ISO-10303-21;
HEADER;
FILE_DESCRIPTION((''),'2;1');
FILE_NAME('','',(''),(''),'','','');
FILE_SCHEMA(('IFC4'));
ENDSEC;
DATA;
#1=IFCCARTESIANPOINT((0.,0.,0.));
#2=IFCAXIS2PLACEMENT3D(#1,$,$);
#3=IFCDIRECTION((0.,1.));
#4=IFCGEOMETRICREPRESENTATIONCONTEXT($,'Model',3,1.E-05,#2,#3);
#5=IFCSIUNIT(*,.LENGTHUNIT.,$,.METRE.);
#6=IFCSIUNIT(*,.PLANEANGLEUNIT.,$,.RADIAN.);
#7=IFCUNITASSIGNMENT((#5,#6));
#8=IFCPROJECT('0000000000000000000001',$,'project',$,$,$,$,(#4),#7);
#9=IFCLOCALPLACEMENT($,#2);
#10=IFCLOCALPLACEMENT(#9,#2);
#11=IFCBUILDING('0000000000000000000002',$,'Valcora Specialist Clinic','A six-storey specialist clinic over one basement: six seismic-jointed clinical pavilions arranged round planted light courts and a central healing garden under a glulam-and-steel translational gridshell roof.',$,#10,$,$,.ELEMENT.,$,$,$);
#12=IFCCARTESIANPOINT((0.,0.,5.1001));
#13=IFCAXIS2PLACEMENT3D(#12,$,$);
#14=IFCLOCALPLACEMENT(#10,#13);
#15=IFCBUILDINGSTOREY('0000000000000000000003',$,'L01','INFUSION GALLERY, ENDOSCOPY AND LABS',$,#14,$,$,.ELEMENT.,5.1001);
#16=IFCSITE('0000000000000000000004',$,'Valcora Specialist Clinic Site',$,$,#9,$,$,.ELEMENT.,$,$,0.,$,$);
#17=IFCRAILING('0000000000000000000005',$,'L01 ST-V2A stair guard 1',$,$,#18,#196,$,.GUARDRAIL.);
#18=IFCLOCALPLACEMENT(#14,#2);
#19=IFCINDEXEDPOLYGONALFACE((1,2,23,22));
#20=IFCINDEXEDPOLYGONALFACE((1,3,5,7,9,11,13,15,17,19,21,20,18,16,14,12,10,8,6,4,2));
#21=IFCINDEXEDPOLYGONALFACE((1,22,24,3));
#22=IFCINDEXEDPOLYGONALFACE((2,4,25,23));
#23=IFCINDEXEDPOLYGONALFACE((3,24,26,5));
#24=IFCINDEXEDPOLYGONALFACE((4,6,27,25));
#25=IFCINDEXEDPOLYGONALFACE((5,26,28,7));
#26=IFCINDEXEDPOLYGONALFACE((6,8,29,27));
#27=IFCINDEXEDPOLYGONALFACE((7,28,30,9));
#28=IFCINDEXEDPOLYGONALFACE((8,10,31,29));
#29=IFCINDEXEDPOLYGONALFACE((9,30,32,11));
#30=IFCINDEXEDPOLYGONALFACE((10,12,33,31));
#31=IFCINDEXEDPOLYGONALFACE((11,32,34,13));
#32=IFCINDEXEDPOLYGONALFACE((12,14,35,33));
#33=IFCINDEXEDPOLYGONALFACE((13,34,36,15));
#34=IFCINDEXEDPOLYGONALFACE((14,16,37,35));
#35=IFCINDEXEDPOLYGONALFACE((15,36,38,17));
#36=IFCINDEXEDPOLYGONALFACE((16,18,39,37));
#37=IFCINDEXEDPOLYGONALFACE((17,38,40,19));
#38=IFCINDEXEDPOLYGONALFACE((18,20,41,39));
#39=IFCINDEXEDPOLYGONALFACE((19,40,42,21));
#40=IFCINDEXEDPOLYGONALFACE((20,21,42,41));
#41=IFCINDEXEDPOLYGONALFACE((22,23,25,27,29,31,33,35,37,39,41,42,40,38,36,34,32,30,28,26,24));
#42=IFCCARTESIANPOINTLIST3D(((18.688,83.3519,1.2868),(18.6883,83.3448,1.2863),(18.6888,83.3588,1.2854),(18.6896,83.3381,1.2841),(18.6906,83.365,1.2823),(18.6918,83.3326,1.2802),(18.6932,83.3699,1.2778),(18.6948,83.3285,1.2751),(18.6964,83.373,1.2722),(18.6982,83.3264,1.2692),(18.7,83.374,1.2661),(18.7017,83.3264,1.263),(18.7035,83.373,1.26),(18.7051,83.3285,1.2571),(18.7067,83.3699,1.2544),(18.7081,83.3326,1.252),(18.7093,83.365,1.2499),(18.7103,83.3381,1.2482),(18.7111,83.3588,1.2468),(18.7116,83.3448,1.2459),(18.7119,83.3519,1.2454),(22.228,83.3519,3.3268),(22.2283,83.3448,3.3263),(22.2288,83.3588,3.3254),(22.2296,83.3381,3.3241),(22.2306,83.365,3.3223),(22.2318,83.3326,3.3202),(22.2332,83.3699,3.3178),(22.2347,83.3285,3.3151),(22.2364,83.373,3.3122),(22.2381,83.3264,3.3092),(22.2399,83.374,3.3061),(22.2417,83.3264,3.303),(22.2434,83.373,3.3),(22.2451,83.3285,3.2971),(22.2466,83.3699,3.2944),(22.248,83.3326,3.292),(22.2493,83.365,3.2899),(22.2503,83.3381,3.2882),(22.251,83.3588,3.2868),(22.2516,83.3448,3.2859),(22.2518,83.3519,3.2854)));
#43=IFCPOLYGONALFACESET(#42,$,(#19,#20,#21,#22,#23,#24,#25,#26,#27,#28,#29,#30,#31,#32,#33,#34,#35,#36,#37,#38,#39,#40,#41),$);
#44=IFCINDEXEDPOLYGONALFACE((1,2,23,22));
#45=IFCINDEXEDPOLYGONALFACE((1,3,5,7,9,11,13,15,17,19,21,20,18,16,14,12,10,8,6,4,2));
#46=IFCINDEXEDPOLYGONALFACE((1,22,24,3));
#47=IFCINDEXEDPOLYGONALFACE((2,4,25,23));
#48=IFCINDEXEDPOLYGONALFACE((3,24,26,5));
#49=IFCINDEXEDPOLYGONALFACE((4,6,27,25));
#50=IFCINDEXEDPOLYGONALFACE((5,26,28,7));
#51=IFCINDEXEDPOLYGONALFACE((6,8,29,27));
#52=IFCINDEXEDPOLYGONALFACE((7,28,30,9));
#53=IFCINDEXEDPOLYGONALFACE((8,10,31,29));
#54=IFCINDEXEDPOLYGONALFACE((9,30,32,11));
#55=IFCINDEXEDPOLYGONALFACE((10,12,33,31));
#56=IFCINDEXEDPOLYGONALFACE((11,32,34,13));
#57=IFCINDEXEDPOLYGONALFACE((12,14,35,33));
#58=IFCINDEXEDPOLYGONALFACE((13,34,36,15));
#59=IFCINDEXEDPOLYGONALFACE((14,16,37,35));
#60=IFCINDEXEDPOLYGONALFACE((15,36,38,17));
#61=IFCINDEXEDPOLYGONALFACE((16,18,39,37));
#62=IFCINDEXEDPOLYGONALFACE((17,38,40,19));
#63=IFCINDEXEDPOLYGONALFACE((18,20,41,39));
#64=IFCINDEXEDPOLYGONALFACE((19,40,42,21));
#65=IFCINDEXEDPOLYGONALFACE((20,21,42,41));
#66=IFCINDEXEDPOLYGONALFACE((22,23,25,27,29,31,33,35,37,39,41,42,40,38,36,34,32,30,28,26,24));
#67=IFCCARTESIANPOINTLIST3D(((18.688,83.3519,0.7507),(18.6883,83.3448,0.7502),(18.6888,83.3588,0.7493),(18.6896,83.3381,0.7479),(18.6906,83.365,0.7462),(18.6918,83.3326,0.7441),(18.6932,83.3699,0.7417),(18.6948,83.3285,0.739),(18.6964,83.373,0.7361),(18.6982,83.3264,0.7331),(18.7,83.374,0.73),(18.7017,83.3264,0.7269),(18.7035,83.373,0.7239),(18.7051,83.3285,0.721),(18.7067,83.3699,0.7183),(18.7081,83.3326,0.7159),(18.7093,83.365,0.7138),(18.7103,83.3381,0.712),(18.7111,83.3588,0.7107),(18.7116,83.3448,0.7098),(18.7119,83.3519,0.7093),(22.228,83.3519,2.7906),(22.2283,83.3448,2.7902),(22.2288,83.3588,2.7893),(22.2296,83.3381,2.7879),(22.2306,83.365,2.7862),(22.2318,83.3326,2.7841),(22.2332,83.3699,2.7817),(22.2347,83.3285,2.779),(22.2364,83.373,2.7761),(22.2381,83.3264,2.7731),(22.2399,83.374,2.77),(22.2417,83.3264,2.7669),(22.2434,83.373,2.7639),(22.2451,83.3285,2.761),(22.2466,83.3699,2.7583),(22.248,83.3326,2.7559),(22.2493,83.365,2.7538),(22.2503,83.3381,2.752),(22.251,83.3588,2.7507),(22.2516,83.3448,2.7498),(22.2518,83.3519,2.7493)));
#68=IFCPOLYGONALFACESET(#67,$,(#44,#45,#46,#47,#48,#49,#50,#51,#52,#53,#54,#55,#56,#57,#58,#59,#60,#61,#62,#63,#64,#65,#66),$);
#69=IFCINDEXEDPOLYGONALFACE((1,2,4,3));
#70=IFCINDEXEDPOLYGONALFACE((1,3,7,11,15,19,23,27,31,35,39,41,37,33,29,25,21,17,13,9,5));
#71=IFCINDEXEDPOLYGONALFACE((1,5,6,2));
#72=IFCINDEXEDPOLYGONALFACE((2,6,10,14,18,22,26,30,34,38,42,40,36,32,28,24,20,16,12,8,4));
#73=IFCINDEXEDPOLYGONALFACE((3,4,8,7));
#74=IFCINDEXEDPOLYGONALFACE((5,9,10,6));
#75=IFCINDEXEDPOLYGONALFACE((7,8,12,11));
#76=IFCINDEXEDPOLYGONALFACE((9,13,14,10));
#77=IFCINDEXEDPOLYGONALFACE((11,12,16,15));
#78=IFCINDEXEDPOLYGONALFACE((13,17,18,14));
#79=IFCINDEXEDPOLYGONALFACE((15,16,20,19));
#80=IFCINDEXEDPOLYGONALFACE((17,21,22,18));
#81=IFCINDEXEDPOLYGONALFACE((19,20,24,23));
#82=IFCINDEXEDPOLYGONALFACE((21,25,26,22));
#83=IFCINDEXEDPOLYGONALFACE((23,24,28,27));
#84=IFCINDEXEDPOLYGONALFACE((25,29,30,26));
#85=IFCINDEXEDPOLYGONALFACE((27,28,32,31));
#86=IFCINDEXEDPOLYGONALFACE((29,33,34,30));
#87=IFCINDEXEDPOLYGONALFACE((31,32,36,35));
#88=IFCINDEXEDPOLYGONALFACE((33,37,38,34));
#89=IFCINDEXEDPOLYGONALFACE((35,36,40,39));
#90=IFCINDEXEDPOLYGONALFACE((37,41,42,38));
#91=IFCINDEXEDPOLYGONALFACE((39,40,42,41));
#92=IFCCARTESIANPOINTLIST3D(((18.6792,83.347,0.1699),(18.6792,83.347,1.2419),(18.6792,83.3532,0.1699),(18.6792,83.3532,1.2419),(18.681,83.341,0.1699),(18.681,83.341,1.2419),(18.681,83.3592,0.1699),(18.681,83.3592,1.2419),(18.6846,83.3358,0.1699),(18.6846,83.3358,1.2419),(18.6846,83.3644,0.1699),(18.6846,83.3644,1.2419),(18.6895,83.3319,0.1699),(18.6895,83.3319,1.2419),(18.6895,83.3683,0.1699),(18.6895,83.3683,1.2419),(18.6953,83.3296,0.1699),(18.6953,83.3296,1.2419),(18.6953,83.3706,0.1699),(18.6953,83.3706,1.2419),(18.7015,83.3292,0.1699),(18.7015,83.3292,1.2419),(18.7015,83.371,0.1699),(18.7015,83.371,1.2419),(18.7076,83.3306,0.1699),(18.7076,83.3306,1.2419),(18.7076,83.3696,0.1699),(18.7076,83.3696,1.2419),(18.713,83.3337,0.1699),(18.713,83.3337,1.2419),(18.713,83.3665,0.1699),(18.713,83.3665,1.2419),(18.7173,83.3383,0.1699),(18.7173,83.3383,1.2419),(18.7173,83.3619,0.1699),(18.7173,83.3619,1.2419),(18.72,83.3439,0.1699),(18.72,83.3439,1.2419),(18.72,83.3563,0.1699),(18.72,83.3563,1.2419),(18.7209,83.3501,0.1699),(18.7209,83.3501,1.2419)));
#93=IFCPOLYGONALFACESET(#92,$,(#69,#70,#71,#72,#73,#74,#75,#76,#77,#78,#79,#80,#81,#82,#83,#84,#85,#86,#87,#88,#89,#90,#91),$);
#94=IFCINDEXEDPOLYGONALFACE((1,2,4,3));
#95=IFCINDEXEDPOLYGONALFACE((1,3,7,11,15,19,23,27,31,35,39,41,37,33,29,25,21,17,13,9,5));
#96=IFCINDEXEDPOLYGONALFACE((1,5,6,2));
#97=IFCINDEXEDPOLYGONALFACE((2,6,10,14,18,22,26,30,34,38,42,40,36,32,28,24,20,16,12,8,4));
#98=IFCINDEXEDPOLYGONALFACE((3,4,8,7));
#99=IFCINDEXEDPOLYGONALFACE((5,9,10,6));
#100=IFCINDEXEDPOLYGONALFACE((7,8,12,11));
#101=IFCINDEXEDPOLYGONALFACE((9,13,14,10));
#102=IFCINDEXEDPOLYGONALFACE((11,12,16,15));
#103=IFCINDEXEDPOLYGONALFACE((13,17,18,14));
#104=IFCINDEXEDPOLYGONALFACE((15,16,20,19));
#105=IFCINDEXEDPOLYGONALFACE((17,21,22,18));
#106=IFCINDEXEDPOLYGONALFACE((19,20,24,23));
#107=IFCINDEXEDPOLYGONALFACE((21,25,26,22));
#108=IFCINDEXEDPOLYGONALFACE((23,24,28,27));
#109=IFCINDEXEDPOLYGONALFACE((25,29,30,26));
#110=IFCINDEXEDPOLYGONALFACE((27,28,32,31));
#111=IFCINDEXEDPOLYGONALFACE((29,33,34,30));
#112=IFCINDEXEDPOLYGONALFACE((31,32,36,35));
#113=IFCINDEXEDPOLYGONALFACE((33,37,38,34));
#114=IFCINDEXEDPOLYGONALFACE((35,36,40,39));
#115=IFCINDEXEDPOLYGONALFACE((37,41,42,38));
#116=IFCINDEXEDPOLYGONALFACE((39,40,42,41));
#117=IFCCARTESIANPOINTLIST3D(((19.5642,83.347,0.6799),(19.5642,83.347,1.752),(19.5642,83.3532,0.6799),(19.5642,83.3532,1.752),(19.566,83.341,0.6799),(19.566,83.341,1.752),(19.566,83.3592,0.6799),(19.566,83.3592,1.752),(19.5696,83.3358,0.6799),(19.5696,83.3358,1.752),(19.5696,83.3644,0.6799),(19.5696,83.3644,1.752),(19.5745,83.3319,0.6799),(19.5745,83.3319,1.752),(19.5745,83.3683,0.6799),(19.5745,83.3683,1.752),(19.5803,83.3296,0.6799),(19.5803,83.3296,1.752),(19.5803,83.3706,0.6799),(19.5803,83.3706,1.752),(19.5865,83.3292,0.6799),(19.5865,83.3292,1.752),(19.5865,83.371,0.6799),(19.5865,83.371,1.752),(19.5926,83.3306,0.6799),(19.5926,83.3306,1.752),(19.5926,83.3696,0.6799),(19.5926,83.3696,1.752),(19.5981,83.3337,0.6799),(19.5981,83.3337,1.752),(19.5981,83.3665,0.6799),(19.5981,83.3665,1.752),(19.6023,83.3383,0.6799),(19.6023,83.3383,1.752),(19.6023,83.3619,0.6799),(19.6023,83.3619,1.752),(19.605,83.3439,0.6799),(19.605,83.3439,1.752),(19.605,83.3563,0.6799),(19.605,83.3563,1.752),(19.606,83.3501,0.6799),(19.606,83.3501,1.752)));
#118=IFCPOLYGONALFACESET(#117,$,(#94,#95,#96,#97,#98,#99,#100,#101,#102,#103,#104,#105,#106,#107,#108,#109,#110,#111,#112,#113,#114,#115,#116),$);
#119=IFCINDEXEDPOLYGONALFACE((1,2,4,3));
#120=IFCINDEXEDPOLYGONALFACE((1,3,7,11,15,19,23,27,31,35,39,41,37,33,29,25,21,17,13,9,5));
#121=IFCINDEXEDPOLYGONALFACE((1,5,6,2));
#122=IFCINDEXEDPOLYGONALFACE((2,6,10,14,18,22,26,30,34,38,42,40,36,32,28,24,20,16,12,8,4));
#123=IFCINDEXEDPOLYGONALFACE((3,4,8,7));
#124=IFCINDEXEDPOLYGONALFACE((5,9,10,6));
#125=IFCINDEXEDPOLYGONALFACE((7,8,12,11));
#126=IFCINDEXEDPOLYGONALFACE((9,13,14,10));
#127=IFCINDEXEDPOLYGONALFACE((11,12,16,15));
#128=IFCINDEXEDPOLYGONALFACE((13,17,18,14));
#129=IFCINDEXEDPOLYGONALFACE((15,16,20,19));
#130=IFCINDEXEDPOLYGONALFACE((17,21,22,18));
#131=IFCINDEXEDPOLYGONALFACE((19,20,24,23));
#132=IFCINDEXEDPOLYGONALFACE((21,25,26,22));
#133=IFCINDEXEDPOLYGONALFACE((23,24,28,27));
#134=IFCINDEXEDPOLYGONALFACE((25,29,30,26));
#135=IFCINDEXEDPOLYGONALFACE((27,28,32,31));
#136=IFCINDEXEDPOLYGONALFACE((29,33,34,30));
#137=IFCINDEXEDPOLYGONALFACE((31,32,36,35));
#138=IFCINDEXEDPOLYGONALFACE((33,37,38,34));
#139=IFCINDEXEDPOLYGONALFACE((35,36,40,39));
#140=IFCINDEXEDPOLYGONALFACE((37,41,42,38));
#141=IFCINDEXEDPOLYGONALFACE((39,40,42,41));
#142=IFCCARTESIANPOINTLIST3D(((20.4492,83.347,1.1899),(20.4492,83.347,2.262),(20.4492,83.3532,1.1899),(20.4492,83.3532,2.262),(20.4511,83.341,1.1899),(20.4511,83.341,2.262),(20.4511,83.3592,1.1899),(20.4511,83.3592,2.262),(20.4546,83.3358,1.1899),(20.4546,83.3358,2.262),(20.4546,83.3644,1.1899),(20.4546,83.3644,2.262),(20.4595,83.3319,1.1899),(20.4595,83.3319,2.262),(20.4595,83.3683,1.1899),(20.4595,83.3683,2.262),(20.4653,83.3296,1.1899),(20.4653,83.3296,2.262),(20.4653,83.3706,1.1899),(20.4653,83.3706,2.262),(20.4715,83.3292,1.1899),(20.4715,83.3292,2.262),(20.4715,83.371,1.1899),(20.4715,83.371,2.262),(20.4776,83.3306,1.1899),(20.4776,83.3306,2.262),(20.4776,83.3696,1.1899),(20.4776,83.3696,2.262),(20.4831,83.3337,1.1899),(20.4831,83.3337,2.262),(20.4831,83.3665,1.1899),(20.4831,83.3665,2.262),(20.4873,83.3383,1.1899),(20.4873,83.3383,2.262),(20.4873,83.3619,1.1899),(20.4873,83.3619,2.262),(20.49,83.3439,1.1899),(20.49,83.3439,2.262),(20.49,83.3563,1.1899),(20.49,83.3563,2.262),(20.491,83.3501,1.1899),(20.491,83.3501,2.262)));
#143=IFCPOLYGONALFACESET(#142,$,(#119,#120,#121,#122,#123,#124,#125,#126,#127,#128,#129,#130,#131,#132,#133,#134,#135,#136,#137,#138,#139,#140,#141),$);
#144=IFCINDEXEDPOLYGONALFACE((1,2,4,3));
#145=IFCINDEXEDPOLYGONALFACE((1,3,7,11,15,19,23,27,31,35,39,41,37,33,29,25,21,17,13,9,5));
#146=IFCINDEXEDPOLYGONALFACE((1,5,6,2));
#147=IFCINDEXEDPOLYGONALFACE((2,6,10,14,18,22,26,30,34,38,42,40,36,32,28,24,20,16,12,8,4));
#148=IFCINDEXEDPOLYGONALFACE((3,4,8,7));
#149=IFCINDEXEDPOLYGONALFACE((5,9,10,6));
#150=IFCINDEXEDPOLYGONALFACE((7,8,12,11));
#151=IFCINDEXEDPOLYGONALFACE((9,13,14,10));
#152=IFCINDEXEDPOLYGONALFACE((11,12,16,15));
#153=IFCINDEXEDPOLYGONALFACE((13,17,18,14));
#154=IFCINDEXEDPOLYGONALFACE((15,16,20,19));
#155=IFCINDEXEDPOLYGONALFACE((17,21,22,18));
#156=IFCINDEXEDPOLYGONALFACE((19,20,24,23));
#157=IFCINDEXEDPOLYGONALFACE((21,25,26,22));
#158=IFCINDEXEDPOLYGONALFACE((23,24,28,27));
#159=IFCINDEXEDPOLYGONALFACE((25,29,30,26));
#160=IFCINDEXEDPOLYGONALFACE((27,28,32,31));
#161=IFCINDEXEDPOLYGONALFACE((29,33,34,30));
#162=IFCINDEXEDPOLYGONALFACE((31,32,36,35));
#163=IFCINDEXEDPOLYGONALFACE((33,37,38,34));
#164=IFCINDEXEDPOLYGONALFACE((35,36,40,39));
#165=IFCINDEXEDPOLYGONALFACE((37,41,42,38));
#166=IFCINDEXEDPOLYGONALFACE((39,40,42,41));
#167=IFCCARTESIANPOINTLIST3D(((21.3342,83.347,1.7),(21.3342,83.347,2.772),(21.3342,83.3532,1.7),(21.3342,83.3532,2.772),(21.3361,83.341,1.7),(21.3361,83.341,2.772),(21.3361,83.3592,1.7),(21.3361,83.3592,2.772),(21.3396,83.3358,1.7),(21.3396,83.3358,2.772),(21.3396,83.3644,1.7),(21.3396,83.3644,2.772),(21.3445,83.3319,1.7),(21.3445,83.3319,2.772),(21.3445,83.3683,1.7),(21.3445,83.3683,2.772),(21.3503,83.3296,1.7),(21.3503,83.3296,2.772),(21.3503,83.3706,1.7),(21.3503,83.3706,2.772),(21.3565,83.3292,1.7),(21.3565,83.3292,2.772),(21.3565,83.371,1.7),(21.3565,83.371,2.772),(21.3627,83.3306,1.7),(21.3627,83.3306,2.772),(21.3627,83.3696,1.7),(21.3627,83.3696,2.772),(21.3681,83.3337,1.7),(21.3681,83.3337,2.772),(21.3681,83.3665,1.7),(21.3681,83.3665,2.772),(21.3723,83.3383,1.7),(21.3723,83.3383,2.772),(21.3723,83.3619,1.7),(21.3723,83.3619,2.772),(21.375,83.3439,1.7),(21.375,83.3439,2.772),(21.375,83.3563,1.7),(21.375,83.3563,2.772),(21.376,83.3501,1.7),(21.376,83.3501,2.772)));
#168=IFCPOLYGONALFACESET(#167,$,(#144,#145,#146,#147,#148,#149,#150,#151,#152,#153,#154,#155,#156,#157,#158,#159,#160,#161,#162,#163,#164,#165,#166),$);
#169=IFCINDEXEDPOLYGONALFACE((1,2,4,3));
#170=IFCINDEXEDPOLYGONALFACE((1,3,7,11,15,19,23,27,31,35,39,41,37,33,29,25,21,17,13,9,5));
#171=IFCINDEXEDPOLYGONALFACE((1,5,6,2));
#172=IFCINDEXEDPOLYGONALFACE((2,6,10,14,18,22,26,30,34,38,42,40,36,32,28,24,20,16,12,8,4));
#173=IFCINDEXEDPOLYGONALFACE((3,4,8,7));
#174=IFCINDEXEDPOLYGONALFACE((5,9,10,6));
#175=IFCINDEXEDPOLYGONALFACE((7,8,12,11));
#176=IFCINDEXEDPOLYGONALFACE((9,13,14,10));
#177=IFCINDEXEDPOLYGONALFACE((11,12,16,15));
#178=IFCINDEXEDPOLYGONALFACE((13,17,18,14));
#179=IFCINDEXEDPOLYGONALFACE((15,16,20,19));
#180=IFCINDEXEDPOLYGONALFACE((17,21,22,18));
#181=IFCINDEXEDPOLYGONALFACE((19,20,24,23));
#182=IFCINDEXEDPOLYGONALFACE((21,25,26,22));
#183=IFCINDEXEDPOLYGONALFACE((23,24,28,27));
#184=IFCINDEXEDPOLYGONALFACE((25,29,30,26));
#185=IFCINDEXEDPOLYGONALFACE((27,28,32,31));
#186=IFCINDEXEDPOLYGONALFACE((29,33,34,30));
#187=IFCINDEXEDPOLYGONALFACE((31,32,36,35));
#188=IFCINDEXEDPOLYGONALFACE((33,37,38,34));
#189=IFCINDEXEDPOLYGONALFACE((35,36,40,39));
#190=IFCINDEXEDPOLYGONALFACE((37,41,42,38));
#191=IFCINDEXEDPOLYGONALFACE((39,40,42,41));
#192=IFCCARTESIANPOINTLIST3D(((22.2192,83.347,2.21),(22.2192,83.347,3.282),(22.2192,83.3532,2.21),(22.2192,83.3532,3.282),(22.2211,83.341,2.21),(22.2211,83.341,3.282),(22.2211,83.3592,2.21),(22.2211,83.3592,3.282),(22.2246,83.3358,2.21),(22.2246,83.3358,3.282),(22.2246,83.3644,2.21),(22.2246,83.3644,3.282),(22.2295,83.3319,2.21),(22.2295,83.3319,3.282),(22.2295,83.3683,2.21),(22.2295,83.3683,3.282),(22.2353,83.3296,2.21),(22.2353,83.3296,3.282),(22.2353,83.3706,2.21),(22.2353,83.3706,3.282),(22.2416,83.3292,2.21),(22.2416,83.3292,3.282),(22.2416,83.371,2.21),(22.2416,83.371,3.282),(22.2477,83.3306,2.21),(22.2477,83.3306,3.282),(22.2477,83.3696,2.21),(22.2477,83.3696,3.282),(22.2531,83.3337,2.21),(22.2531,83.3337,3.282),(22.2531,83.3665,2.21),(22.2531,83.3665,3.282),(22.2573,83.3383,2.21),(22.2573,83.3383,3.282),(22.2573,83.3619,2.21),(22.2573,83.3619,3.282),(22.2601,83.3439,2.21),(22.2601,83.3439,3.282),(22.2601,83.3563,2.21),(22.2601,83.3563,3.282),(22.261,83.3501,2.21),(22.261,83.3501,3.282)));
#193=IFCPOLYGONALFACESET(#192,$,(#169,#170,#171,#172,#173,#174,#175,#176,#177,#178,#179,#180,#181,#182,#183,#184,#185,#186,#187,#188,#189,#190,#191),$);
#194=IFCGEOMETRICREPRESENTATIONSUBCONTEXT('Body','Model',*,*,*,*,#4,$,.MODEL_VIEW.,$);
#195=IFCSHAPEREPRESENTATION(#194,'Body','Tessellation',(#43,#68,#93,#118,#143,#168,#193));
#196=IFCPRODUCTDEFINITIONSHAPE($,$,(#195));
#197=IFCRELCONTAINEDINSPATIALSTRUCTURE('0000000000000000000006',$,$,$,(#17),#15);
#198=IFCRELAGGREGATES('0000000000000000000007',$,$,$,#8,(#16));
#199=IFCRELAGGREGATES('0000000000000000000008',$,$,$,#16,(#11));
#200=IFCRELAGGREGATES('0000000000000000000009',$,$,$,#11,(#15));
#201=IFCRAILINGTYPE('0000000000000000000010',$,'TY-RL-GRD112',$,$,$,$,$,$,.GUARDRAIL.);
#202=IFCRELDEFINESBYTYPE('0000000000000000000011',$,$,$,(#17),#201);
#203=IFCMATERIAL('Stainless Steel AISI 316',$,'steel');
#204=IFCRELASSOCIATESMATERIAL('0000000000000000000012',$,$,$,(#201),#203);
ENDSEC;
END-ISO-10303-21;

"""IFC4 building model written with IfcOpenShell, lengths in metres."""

from ifc_helpers import new_model, si_unit, direction, frame, origin, origin_2d, place, context, subcontext, project, spatial, circle, extrude, material, type_object, element, save


model = new_model("IFC4")

# Units and contexts
model_context = context("Model", 3, precision=1e-05, world=origin(), true_north=direction((0.0, 1.0)))
body_context = subcontext(model_context, "Body", "Model", "MODEL_VIEW")
ifc_project = project(units=[si_unit("LENGTHUNIT", "METRE"), si_unit("PLANEANGLEUNIT", "RADIAN")], contexts=[model_context])

# Site, building, storey
site_placement = place(None, origin())
site = spatial("IfcSite", under=ifc_project, at=site_placement, Name="Valcora Specialist Clinic Site", CompositionType="ELEMENT", RefElevation=0.0)
building_placement = place(site_placement, origin())
building = spatial("IfcBuilding", under=site, at=building_placement, Name="Valcora Specialist Clinic", Description="A six-storey specialist clinic over one basement: six seismic-jointed clinical pavilions arranged round planted light courts and a central healing garden under a glulam-and-steel translational gridshell roof.", CompositionType="ELEMENT")
storey_placement = place(building_placement, frame((0.0, 0.0, 5.1001)))
storey = spatial("IfcBuildingStorey", under=building, at=storey_placement, Name="L01", Description="INFUSION GALLERY, ENDOSCOPY AND LABS", CompositionType="ELEMENT", Elevation=5.1001)

# Railing
ifc_material_1 = material(Name="Stainless Steel AISI 316", Category="steel")
railing_type_1 = type_object("IfcRailingType", Name="TY-RL-GRD112", PredefinedType="GUARDRAIL", material=ifc_material_1)
railing_1_placement = place(storey_placement, frame((18.7, 83.3501, 0.1699)))
element("IfcRailing", 1, at=railing_1_placement, inside=storey, type_object=railing_type_1, Name="L01 ST-V2A stair guard 1", PredefinedType="GUARDRAIL", context=body_context, shape_type="SweptSolid", body=[
    extrude(circle(Radius=0.0239, at=origin_2d()), frame((0.0, 0.0, 1.0962), z_axis=(0.866428, 0.0, 0.499302), x_axis=(0.0, 1.0, 0.0)), (0.0, 0.0, 1.0), 4.0857),
    extrude(circle(Radius=0.0239, at=origin_2d()), frame((0.0, 0.0, 0.5601), z_axis=(0.866428, 0.0, 0.499302), x_axis=(0.0, 1.0, 0.0)), (0.0, 0.0, 1.0), 4.0857),
    extrude(circle(Radius=0.021, at=origin_2d()), origin(), (0.0, 0.0, 1.0), 1.072),
    extrude(circle(Radius=0.021, at=origin_2d()), frame((0.885, 0.0, 0.51)), (0.0, 0.0, 1.0), 1.072),
    extrude(circle(Radius=0.021, at=origin_2d()), frame((1.77, 0.0, 1.02)), (0.0, 0.0, 1.0), 1.072),
    extrude(circle(Radius=0.021, at=origin_2d()), frame((2.655, 0.0, 1.53)), (0.0, 0.0, 1.0), 1.072),
    extrude(circle(Radius=0.021, at=origin_2d()), frame((3.54, 0.0, 2.04)), (0.0, 0.0, 1.0), 1.072),
])

save(model, "model.ifc")
